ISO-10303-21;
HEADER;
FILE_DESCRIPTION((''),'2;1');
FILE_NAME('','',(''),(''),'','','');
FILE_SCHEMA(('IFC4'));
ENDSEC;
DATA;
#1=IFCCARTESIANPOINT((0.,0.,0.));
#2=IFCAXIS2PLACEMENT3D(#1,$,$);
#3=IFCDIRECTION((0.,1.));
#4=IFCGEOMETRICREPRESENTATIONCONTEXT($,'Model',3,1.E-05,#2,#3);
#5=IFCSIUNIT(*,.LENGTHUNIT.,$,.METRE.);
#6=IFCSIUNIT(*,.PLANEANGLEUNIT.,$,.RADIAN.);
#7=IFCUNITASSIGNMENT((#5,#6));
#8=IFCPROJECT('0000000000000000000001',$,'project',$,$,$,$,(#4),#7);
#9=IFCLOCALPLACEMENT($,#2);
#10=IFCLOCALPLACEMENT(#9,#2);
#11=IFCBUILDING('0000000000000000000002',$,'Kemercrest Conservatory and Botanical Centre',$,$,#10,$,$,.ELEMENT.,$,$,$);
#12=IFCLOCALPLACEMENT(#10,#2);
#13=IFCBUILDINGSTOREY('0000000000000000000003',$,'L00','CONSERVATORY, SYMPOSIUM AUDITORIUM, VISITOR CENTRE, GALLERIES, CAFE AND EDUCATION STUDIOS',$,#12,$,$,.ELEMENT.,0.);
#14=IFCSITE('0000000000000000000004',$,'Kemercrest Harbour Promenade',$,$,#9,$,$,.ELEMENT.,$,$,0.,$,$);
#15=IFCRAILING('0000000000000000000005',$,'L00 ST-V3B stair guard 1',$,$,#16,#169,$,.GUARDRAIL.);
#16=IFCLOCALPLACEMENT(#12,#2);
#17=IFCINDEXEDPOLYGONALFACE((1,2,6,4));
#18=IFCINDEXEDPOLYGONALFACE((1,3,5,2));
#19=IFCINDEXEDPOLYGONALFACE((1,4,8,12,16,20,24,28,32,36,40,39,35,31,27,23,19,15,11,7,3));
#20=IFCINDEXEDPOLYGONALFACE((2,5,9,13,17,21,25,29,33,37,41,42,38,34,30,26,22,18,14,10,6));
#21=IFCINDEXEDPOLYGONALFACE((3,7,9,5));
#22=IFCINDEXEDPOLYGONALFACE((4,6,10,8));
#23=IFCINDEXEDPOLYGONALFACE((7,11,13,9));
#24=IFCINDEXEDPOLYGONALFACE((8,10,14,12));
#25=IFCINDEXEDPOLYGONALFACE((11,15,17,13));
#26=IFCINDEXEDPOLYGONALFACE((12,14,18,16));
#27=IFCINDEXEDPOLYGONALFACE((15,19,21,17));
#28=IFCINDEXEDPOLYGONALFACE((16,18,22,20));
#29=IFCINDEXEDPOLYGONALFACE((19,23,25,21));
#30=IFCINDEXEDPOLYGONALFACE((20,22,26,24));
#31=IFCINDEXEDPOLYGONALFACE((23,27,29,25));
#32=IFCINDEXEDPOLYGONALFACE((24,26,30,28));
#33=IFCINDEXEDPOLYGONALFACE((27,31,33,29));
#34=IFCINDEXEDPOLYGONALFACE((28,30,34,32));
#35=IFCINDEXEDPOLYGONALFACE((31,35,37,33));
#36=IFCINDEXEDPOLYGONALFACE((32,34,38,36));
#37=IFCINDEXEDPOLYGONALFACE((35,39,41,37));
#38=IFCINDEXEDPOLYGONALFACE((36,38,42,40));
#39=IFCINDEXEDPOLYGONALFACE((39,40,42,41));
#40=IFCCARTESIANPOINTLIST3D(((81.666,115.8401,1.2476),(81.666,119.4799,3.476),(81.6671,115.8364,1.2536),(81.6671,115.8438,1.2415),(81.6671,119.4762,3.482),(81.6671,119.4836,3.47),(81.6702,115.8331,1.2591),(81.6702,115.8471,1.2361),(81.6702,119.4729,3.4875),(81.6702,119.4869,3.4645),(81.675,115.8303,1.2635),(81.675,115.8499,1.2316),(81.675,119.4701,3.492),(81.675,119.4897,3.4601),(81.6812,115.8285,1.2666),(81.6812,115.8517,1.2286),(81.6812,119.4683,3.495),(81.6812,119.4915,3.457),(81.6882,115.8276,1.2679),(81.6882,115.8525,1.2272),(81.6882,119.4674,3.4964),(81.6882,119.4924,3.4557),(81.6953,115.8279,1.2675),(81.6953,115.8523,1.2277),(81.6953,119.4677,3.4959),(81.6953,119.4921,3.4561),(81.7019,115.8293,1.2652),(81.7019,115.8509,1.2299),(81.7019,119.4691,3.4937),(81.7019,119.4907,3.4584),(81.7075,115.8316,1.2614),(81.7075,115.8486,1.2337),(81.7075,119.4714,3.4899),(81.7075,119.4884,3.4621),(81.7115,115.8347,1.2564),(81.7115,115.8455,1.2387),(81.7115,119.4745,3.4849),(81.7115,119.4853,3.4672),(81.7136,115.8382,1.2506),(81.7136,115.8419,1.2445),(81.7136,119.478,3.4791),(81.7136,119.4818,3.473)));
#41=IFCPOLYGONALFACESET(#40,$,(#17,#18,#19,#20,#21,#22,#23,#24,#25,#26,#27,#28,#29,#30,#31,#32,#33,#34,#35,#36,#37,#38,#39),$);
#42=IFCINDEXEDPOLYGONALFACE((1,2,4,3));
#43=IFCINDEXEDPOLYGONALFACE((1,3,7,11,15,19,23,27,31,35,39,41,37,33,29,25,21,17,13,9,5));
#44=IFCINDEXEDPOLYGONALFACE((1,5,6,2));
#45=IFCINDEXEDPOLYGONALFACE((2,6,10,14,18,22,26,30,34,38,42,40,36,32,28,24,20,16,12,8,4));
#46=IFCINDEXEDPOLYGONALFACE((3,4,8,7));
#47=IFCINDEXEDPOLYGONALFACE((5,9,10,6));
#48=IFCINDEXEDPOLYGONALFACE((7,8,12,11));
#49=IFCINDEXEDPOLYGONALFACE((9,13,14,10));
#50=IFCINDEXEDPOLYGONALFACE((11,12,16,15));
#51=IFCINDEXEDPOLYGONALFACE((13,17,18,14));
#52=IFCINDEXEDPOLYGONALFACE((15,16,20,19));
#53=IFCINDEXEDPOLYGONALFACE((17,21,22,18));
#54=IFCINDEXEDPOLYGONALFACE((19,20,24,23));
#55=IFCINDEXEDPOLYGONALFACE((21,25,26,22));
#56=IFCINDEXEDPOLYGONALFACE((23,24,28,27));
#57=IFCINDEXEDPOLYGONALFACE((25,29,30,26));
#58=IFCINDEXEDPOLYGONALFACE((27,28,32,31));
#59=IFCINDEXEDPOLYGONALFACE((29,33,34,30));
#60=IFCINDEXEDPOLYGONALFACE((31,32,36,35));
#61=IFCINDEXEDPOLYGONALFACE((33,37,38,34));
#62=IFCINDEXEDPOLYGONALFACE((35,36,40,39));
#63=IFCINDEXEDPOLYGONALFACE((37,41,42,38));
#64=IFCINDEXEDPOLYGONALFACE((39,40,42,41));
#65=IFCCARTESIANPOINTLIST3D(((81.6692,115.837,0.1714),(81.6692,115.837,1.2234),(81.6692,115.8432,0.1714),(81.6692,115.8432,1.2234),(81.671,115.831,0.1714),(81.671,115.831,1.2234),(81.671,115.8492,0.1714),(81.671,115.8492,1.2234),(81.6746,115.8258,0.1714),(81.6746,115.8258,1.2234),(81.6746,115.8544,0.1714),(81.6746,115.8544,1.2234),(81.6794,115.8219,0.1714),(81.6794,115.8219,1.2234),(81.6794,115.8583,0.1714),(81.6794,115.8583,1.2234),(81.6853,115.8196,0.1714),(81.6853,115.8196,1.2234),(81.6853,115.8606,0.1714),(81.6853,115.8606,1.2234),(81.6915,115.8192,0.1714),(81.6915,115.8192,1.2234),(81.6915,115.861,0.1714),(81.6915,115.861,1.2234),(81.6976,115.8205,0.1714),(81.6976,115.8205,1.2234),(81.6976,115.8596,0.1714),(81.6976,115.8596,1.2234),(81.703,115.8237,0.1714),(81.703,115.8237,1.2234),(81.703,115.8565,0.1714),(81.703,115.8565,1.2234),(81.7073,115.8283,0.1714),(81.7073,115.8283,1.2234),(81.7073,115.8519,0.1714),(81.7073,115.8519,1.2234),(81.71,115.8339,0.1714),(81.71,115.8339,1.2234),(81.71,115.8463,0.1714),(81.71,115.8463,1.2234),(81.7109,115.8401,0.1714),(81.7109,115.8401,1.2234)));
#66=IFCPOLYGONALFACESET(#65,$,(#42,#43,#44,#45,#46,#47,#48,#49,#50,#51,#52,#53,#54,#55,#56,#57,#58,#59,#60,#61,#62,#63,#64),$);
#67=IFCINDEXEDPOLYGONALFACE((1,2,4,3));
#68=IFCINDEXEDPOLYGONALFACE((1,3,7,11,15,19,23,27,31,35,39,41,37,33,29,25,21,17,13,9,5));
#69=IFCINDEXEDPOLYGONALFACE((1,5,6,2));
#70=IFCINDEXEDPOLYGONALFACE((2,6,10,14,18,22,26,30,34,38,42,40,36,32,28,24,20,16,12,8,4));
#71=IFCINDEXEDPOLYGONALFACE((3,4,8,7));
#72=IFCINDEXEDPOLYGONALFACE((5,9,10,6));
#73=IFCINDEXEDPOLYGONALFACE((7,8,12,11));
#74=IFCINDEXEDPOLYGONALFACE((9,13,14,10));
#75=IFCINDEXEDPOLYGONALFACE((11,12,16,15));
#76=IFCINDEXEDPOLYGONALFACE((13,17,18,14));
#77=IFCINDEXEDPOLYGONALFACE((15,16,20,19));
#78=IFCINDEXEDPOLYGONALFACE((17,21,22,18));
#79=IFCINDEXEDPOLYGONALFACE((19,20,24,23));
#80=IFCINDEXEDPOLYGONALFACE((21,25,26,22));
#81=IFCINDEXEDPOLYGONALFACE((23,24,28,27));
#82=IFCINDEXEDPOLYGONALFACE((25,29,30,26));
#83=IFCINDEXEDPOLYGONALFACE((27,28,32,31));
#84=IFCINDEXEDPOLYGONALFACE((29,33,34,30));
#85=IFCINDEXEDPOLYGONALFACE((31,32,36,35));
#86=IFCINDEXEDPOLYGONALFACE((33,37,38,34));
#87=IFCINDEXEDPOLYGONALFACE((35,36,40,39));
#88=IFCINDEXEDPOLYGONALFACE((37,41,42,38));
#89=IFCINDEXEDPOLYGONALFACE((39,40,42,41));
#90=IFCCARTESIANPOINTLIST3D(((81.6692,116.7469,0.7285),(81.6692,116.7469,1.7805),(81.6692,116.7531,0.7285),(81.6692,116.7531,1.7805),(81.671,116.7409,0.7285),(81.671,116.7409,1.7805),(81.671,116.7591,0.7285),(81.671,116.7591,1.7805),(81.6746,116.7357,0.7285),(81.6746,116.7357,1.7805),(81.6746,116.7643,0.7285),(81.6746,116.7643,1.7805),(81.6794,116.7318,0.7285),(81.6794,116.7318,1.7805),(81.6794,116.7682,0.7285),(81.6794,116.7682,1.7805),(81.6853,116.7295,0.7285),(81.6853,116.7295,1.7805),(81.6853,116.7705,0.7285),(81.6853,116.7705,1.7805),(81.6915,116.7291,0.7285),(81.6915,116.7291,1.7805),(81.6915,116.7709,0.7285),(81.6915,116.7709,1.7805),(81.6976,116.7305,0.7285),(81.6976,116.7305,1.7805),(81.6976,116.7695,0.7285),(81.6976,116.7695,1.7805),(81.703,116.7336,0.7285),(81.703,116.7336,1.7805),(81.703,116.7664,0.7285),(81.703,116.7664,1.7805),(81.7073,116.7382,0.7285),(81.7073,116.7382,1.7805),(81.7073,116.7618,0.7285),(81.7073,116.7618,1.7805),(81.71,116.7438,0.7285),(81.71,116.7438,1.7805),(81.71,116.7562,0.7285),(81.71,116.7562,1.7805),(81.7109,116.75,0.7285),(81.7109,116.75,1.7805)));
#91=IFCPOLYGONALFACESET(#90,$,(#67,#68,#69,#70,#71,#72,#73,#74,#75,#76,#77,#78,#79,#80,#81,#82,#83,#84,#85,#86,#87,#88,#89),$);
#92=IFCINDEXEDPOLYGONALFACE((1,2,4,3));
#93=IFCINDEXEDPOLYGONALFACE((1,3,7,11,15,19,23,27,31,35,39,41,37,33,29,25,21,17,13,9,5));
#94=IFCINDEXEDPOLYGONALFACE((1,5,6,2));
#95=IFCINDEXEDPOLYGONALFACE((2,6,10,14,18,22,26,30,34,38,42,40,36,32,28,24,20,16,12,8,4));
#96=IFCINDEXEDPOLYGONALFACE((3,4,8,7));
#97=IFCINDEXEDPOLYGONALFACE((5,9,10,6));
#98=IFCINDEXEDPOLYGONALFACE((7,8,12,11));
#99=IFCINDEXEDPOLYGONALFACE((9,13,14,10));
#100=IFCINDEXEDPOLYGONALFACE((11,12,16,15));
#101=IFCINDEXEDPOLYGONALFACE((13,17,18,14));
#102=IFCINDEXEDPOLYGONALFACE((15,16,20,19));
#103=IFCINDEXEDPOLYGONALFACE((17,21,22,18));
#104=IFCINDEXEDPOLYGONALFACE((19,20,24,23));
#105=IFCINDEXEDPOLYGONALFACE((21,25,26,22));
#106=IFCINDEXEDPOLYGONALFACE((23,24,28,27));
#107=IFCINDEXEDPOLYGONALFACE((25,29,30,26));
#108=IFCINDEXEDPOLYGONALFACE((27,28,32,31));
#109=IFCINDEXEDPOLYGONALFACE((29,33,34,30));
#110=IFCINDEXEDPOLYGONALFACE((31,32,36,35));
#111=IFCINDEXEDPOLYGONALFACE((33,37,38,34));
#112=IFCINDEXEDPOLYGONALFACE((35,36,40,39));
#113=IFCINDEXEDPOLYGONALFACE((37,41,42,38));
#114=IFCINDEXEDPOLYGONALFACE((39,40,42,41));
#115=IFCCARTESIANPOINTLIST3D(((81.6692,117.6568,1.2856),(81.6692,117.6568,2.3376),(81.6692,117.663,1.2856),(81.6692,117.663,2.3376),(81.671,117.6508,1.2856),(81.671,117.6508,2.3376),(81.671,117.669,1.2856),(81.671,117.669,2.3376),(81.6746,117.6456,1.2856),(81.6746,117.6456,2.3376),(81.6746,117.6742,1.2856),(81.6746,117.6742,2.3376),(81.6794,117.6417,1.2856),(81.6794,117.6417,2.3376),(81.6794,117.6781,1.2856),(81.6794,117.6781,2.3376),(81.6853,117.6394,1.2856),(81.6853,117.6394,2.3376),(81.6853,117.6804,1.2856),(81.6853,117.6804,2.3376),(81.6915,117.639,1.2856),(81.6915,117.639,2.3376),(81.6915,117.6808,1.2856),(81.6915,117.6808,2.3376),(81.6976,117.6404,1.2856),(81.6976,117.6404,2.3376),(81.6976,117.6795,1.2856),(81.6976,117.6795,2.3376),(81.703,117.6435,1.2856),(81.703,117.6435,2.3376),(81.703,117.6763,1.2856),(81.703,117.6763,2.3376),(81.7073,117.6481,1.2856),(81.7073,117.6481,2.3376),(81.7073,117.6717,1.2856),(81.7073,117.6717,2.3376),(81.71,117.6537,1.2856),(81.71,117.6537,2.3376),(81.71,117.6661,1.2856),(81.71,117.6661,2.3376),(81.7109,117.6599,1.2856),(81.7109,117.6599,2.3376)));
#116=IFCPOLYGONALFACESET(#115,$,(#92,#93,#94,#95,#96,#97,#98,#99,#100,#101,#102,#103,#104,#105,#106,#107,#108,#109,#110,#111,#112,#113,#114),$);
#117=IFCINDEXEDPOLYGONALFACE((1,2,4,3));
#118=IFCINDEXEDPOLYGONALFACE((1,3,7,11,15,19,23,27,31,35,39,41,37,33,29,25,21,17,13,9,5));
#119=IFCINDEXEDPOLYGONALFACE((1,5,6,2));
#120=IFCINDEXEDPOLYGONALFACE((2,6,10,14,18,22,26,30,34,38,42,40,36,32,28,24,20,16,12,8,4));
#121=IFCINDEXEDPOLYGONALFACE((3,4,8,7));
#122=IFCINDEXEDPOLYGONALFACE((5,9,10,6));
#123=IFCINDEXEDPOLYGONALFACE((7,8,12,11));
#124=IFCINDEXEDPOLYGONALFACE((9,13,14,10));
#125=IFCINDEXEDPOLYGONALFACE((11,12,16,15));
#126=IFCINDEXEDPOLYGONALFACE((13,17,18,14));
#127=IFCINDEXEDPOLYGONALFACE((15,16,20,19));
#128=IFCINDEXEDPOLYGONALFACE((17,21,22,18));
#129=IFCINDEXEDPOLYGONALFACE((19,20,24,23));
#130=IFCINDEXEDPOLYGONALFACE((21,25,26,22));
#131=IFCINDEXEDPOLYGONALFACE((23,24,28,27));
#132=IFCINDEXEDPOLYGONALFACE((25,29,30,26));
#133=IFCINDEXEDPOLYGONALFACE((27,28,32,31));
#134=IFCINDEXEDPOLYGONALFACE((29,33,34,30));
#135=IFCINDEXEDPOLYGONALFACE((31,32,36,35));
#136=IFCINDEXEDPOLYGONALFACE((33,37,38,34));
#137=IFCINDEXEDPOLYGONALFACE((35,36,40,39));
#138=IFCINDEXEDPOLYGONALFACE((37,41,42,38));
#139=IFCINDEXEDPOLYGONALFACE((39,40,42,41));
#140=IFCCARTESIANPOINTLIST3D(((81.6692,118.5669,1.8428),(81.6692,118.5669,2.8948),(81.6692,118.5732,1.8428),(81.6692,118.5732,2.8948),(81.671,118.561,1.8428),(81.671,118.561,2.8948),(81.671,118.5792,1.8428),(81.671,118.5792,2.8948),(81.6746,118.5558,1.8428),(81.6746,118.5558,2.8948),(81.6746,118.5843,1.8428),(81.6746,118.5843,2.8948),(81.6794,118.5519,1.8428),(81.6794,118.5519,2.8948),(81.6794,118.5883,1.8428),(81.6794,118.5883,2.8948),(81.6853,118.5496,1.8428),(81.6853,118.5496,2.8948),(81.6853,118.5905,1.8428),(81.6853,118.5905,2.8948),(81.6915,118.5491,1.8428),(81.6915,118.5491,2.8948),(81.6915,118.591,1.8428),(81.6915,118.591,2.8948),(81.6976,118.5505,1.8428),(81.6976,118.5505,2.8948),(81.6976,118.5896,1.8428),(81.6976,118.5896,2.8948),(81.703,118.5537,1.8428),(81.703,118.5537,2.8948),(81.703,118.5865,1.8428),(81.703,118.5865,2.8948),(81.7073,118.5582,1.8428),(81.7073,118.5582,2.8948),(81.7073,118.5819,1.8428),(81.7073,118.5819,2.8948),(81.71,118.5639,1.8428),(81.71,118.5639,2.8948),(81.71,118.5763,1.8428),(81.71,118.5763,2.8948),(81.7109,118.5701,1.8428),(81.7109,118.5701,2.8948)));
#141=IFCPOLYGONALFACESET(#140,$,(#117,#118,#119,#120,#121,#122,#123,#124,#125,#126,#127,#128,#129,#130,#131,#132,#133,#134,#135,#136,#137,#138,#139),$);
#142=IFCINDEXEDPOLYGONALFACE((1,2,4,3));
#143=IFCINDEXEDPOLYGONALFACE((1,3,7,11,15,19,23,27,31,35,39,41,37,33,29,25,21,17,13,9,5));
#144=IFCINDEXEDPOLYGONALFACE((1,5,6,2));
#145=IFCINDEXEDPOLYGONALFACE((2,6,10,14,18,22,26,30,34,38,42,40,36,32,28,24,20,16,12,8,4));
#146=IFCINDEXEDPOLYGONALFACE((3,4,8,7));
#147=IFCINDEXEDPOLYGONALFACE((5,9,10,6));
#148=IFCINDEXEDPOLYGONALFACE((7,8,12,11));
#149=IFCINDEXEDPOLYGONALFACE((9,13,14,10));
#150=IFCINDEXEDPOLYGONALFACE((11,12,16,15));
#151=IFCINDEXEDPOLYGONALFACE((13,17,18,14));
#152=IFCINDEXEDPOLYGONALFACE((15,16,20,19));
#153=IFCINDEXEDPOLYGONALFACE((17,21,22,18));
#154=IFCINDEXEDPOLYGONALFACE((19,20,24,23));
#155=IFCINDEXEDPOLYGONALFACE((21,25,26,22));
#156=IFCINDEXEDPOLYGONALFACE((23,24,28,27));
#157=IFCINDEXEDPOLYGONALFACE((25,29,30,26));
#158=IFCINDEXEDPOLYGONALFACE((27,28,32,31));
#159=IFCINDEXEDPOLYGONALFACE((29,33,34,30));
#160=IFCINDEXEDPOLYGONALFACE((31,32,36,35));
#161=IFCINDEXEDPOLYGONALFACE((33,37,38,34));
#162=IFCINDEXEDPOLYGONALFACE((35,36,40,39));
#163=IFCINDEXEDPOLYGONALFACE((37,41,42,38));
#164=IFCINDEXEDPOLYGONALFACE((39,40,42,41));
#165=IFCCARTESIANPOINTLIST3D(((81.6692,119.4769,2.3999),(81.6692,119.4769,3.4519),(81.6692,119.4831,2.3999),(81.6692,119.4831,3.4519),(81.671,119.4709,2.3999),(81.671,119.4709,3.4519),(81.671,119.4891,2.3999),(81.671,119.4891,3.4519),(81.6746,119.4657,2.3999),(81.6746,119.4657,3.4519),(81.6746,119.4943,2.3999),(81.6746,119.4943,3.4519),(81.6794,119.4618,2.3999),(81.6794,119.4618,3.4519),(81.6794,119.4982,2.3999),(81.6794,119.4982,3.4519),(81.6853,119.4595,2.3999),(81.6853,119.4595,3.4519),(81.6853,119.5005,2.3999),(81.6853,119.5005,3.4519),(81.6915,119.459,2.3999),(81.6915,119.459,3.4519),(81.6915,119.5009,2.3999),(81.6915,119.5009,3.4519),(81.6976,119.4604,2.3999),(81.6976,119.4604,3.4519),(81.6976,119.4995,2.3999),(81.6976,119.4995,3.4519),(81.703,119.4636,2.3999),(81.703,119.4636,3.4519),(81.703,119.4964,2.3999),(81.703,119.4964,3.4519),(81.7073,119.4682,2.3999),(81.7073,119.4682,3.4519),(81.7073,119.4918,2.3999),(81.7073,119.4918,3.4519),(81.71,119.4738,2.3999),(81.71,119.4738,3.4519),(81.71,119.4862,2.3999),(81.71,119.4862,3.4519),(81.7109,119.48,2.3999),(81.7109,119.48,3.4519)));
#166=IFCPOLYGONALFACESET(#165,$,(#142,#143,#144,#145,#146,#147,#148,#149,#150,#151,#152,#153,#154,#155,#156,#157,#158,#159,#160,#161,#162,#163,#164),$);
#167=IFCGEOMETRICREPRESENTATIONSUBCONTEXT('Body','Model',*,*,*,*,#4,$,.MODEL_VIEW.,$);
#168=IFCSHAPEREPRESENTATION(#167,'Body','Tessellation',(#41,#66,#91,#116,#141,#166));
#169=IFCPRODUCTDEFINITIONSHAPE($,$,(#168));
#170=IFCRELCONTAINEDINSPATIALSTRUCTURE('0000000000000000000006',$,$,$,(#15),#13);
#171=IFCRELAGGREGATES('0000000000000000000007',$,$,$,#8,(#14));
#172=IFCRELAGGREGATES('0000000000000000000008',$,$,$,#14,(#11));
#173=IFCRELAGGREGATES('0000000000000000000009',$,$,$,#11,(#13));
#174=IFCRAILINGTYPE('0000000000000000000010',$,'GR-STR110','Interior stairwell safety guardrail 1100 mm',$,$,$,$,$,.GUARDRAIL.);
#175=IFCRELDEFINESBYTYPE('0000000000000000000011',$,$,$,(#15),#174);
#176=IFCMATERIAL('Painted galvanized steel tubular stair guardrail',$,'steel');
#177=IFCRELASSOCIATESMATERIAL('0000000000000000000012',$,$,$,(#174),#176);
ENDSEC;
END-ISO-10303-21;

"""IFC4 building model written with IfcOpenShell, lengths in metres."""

from ifc_helpers import new_model, si_unit, direction, frame, origin, origin_2d, place, context, subcontext, project, spatial, circle, extrude, material, type_object, element, save


model = new_model("IFC4")

# Units and contexts
model_context = context("Model", 3, precision=1e-05, world=origin(), true_north=direction((0.0, 1.0)))
body_context = subcontext(model_context, "Body", "Model", "MODEL_VIEW")
ifc_project = project(units=[si_unit("LENGTHUNIT", "METRE"), si_unit("PLANEANGLEUNIT", "RADIAN")], contexts=[model_context])

# Site, building, storey
site_placement = place(None, origin())
site = spatial("IfcSite", under=ifc_project, at=site_placement, Name="Kemercrest Harbour Promenade", CompositionType="ELEMENT", RefElevation=0.0)
building_placement = place(site_placement, origin())
building = spatial("IfcBuilding", under=site, at=building_placement, Name="Kemercrest Conservatory and Botanical Centre", CompositionType="ELEMENT")
storey_placement = place(building_placement, origin())
storey = spatial("IfcBuildingStorey", under=building, at=storey_placement, Name="L00", Description="CONSERVATORY, SYMPOSIUM AUDITORIUM, VISITOR CENTRE, GALLERIES, CAFE AND EDUCATION STUDIOS", CompositionType="ELEMENT", Elevation=0.0)

# Railing
ifc_material_1 = material(Name="Painted galvanized steel tubular stair guardrail", Category="steel")
railing_type_1 = type_object("IfcRailingType", Name="GR-STR110", Description="Interior stairwell safety guardrail 1100 mm", PredefinedType="GUARDRAIL", material=ifc_material_1)
railing_1_placement = place(storey_placement, frame((81.6899, 115.8401, 0.1714)))
element("IfcRailing", 1, at=railing_1_placement, inside=storey, type_object=railing_type_1, Name="L00 ST-V3B stair guard 1", PredefinedType="GUARDRAIL", context=body_context, shape_type="SweptSolid", body=[
    extrude(circle(Radius=0.0239, at=origin_2d()), frame((0.0, 0.0, 1.0762), z_axis=(0.0, 0.85285, 0.522156), x_axis=(-1.0, 0.0, 0.0)), (0.0, 0.0, 1.0), 4.2678),
    extrude(circle(Radius=0.021, at=origin_2d()), origin(), (0.0, 0.0, 1.0), 1.052),
    extrude(circle(Radius=0.021, at=origin_2d()), frame((0.0, 0.9099, 0.5571)), (0.0, 0.0, 1.0), 1.052),
    extrude(circle(Radius=0.021, at=origin_2d()), frame((0.0, 1.8198, 1.1143)), (0.0, 0.0, 1.0), 1.052),
    extrude(circle(Radius=0.021, at=origin_2d()), frame((0.0, 2.73, 1.6714)), (0.0, 0.0, 1.0), 1.052),
    extrude(circle(Radius=0.021, at=origin_2d()), frame((0.0, 3.6399, 2.2285)), (0.0, 0.0, 1.0), 1.052),
])

save(model, "model.ifc")
